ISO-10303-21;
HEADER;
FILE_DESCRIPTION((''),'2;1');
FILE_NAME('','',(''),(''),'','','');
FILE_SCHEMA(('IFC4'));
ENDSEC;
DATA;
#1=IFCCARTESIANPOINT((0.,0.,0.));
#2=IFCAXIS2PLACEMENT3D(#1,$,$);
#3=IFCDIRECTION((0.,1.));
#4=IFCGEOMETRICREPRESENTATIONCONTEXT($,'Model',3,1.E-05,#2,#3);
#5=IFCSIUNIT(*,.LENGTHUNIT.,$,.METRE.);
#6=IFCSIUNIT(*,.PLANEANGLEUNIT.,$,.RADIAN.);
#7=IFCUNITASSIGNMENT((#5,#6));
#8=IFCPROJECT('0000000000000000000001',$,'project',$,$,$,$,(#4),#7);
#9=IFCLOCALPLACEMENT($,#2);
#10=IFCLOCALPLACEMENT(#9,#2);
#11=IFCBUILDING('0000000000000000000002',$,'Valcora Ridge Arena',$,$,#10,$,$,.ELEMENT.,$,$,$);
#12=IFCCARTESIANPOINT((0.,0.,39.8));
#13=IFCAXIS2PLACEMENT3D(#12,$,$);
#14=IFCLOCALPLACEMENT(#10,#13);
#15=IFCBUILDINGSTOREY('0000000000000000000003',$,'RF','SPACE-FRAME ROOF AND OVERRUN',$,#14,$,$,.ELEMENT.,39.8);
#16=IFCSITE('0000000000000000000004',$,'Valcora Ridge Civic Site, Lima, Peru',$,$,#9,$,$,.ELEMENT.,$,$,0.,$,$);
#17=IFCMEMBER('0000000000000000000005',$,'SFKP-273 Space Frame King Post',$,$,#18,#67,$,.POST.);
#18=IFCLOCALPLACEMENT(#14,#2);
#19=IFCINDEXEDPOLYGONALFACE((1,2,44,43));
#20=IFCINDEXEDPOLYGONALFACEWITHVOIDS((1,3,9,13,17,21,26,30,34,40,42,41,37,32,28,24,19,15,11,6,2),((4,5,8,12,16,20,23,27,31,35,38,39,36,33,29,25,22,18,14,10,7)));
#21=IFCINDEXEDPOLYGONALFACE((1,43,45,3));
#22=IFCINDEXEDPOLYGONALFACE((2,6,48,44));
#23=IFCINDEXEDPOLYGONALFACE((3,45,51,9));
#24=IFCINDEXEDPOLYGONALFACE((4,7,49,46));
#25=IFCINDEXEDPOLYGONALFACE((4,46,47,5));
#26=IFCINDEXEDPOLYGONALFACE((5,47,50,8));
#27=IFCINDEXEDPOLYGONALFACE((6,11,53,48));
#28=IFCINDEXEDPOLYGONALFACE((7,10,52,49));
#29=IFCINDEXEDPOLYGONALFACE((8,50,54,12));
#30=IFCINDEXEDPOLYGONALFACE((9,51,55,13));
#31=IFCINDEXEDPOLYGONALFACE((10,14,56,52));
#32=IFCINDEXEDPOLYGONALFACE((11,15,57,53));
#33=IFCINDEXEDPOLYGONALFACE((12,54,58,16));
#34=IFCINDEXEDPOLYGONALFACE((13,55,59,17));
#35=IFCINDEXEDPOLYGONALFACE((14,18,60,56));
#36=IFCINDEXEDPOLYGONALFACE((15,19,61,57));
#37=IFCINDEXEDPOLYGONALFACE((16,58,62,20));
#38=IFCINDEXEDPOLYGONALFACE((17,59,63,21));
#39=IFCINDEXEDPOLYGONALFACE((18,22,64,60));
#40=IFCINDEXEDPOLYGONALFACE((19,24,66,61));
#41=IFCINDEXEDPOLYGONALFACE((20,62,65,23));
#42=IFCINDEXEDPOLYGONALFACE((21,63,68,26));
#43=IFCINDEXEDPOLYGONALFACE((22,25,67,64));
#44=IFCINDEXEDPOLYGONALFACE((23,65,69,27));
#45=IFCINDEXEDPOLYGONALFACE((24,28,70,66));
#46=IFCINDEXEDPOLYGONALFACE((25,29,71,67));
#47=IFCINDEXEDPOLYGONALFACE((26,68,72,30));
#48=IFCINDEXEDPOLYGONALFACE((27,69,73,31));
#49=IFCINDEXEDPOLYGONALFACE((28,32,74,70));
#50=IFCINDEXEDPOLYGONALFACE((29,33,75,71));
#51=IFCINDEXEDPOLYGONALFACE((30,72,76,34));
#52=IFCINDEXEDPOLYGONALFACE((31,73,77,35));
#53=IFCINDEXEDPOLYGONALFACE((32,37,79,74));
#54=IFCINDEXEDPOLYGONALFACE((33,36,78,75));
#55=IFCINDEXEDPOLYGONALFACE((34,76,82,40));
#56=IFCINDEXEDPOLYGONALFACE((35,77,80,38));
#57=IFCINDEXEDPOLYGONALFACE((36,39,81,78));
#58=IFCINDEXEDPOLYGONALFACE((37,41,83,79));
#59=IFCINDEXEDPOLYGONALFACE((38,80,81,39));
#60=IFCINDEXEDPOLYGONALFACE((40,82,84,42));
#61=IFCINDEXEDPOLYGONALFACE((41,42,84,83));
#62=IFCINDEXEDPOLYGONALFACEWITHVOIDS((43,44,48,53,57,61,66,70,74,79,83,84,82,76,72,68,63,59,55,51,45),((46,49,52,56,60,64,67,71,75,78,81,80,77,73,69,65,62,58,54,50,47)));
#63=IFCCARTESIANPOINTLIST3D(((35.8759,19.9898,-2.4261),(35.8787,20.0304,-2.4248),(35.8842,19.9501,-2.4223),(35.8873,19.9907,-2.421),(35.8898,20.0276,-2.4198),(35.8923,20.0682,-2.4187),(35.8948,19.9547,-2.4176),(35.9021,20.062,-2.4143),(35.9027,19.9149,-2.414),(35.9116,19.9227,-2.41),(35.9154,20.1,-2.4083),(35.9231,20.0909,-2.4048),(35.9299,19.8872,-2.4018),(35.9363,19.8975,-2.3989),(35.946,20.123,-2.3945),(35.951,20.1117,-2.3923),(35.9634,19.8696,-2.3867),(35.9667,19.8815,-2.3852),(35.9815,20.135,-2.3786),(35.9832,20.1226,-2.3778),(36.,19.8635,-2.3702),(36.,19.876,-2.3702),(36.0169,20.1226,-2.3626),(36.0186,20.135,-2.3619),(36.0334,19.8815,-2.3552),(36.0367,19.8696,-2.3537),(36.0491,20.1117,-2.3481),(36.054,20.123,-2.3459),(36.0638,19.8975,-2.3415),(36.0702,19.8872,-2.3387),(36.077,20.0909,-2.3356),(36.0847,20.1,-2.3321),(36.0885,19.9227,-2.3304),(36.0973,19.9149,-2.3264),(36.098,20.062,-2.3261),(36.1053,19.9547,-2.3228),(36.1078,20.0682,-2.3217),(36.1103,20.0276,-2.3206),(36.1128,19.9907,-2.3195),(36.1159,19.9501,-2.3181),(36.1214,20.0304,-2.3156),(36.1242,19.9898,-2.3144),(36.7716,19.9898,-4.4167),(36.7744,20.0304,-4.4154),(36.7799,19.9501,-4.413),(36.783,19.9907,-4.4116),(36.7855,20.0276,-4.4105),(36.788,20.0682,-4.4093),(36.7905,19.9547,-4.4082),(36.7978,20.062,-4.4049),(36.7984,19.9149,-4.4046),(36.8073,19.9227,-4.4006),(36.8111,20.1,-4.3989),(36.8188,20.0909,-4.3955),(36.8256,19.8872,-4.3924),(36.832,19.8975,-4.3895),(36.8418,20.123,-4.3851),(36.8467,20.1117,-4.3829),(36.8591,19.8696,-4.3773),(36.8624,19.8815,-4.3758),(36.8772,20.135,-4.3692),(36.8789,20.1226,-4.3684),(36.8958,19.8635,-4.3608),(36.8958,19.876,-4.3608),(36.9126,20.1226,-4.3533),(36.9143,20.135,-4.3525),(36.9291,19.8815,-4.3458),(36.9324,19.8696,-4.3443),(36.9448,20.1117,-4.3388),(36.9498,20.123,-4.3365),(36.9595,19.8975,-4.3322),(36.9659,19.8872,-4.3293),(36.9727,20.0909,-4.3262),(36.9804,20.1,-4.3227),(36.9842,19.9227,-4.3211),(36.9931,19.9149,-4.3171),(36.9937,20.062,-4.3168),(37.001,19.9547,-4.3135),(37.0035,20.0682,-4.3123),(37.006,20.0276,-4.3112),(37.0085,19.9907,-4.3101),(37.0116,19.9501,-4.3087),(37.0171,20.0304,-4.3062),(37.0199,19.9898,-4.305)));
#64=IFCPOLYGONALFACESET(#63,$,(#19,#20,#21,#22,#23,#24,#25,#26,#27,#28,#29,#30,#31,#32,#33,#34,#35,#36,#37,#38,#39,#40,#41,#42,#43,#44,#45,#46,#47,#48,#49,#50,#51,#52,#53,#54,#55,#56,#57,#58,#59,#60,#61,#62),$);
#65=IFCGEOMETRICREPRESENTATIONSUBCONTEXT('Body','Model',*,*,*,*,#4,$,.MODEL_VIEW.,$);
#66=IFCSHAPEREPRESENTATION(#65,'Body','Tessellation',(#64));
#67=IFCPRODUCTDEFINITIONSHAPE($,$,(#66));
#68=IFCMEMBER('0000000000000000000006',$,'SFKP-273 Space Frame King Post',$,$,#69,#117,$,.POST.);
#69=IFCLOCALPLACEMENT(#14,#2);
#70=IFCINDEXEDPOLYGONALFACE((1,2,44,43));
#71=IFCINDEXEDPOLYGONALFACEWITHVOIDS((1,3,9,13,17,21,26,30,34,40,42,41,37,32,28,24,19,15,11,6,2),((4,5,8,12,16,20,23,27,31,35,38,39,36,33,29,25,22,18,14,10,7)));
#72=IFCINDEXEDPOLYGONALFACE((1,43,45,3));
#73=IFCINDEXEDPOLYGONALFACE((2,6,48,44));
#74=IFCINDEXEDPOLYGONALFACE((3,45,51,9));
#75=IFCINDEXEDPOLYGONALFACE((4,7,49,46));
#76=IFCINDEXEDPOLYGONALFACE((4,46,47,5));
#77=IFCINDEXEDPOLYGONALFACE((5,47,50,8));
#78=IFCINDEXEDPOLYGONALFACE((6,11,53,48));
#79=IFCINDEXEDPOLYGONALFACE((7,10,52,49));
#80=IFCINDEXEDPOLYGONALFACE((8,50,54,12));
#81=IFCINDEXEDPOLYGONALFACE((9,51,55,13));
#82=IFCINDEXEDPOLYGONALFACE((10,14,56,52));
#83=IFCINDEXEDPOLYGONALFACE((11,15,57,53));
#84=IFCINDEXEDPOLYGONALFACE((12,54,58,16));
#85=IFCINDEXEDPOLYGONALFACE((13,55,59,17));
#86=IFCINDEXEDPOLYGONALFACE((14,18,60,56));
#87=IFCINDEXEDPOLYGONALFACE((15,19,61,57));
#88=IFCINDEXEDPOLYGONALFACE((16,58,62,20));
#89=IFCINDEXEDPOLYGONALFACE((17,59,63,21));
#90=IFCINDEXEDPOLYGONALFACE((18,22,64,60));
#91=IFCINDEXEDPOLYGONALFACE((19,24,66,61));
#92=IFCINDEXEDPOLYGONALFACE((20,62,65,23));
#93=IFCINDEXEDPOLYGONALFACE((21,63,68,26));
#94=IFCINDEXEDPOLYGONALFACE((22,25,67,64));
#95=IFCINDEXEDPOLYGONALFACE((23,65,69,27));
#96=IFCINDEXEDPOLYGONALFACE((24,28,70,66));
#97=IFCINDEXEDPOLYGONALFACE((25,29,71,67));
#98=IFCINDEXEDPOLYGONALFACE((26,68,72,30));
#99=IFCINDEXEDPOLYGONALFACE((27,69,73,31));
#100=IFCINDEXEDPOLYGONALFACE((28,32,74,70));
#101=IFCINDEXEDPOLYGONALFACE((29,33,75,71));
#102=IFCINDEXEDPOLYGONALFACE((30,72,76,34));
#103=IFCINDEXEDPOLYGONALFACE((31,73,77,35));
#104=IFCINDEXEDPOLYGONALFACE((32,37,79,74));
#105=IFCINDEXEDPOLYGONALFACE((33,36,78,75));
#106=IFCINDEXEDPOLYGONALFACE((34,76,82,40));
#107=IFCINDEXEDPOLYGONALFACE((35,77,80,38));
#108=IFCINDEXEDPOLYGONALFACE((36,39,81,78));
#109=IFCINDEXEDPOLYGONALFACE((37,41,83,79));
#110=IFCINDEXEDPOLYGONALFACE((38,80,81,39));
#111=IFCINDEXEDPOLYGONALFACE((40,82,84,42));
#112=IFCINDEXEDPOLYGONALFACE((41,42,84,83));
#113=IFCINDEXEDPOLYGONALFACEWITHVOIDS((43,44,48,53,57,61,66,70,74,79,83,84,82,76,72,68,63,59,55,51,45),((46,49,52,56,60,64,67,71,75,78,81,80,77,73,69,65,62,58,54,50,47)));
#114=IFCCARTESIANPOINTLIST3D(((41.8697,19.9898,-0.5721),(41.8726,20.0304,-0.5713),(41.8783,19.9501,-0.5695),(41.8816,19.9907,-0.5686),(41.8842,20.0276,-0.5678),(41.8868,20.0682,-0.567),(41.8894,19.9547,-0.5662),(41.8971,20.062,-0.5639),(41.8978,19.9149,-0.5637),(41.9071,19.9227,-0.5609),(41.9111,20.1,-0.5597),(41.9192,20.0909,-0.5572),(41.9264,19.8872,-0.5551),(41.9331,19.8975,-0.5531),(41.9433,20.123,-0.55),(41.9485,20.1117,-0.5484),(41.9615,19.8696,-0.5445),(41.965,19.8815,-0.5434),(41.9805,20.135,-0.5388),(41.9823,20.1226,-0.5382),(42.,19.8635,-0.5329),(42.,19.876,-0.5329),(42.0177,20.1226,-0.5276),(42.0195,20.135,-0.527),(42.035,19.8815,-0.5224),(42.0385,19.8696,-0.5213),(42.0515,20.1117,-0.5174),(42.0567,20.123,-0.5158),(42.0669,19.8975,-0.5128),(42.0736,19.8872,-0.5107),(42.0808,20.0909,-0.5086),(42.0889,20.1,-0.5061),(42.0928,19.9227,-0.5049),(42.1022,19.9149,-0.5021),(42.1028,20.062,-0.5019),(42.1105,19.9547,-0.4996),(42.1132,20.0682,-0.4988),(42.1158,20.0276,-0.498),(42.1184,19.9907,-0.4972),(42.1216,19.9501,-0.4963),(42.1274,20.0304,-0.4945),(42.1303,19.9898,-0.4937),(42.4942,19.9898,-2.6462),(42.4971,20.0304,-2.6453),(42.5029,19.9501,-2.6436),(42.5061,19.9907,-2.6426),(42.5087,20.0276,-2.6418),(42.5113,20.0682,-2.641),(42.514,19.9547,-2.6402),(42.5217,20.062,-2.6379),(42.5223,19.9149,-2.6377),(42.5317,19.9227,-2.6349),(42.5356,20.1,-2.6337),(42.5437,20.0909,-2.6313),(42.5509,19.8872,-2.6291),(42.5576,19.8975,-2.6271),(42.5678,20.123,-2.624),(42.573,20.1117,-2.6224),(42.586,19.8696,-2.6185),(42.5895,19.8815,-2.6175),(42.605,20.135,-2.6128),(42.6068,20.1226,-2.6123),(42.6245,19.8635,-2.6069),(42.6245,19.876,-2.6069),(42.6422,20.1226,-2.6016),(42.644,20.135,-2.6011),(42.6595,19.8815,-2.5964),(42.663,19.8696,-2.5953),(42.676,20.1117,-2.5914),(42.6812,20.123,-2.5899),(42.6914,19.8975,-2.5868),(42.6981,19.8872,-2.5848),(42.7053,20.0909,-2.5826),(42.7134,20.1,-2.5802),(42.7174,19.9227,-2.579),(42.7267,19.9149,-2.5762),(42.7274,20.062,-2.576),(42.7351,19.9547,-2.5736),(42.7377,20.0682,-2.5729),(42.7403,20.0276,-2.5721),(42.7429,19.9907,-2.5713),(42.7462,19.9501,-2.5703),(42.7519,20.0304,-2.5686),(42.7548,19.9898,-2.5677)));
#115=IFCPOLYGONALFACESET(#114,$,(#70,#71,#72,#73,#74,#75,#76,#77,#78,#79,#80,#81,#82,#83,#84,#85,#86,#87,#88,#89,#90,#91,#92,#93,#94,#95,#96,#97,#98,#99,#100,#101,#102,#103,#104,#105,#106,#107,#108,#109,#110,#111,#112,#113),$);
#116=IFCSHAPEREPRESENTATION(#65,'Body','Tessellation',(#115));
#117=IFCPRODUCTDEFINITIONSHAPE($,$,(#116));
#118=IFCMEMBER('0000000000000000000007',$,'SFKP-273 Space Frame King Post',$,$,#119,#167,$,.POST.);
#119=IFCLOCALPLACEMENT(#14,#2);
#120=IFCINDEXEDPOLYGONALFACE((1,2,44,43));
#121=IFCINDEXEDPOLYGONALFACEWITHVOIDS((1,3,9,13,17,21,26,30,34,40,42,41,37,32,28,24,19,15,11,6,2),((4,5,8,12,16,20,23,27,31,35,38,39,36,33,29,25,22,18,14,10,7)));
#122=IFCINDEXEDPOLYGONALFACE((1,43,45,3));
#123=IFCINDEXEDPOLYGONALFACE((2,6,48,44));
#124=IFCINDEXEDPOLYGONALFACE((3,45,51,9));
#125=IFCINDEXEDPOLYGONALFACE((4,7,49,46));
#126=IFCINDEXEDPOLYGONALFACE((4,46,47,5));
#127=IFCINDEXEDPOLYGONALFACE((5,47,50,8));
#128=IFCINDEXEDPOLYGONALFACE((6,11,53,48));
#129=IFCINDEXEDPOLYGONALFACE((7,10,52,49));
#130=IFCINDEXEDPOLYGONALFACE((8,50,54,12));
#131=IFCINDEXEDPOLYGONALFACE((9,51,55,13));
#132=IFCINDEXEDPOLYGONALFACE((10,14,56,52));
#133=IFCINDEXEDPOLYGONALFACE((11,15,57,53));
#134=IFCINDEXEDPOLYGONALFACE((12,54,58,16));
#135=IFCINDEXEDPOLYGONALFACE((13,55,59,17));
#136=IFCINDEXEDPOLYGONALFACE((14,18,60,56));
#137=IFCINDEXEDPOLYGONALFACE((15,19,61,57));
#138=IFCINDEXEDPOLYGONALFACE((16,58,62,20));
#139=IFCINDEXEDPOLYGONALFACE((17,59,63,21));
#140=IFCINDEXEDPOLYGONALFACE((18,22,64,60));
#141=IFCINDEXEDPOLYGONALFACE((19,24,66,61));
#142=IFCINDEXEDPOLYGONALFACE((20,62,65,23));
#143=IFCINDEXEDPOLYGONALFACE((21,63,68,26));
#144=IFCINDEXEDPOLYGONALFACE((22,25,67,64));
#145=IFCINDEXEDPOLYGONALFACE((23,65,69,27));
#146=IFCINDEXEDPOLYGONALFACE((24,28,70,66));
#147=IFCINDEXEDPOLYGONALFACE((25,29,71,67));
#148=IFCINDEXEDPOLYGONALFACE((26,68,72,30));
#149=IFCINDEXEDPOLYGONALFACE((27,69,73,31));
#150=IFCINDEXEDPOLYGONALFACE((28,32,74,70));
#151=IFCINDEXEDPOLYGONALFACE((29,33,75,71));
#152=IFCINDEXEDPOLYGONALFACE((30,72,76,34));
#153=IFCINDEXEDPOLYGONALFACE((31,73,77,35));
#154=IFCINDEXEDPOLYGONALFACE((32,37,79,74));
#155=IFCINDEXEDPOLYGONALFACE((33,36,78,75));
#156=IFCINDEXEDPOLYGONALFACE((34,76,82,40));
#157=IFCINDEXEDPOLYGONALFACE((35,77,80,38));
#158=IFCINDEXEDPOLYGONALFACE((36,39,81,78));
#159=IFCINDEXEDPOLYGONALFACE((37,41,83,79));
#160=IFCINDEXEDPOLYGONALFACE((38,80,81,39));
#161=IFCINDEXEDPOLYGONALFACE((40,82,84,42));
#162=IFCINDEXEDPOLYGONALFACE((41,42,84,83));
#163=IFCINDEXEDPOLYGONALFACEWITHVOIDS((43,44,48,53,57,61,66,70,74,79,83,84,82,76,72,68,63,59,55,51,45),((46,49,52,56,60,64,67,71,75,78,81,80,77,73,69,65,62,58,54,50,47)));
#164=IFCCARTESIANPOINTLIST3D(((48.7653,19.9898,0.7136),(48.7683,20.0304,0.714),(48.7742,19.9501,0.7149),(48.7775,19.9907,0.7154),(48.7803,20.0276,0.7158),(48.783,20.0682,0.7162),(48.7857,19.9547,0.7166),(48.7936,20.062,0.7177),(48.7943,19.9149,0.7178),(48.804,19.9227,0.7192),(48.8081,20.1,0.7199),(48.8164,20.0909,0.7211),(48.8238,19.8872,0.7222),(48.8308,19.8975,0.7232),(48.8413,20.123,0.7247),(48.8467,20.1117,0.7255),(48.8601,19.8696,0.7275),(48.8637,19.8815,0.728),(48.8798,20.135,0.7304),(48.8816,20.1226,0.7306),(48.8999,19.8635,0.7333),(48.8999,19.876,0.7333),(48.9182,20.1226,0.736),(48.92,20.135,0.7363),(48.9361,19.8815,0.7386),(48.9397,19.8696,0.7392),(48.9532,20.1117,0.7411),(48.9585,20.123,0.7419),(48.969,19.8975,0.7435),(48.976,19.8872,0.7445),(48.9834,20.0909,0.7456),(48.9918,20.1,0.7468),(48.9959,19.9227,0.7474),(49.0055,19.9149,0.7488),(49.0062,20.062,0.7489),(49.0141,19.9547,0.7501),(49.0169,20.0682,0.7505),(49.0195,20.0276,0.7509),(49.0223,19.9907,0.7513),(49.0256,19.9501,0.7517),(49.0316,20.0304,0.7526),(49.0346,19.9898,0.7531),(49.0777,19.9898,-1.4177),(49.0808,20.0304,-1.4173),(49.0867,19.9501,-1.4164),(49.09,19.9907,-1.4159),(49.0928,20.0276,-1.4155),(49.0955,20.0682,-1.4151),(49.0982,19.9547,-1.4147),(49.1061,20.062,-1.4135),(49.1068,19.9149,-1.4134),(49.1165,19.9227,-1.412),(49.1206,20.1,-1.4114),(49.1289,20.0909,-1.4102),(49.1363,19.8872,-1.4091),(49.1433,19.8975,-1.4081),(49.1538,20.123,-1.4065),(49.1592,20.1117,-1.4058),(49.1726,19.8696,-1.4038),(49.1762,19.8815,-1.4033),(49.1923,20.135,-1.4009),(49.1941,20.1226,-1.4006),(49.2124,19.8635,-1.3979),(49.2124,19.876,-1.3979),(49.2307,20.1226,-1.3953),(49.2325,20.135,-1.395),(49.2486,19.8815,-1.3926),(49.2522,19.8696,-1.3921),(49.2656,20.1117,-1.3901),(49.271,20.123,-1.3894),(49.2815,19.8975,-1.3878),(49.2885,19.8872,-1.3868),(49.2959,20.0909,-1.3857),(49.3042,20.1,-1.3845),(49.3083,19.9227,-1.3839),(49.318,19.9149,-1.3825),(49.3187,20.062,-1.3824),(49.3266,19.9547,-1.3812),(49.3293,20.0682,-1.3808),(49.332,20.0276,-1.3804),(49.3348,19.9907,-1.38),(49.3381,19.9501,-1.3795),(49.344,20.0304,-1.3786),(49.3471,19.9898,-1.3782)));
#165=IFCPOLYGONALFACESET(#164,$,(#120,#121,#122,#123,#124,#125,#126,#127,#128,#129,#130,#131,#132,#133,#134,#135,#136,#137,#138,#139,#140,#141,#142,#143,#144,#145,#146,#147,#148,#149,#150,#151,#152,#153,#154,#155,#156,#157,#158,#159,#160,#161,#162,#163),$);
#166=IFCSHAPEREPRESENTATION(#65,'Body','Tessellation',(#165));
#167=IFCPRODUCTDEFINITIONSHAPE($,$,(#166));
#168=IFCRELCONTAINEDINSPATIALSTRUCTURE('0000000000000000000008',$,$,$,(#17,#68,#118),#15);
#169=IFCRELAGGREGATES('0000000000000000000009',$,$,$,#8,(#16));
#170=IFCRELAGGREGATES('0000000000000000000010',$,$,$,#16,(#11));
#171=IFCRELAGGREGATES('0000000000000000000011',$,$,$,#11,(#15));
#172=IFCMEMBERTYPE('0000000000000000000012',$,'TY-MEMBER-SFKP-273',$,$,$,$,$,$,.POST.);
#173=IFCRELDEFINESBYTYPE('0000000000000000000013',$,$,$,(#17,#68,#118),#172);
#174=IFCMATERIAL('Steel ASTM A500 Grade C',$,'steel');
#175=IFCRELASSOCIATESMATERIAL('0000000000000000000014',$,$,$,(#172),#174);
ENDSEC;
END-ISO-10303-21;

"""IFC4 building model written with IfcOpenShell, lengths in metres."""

from ifc_helpers import new_model, si_unit, direction, frame, origin, origin_2d, place, context, subcontext, project, spatial, hollow_circle, extrude, material, material_profile, profile_set, type_object, element, save


model = new_model("IFC4")

# Units and contexts
model_context = context("Model", 3, precision=1e-05, world=origin(), true_north=direction((0.0, 1.0)))
body_context = subcontext(model_context, "Body", "Model", "MODEL_VIEW")
ifc_project = project(units=[si_unit("LENGTHUNIT", "METRE"), si_unit("PLANEANGLEUNIT", "RADIAN")], contexts=[model_context])

# Site, building, storey
site_placement = place(None, origin())
site = spatial("IfcSite", under=ifc_project, at=site_placement, Name="Valcora Ridge Civic Site, Lima, Peru", CompositionType="ELEMENT", RefElevation=0.0)
building_placement = place(site_placement, origin())
building = spatial("IfcBuilding", under=site, at=building_placement, Name="Valcora Ridge Arena", CompositionType="ELEMENT")
storey_placement = place(building_placement, frame((0.0, 0.0, 39.8)))
storey = spatial("IfcBuildingStorey", under=building, at=storey_placement, Name="RF", Description="SPACE-FRAME ROOF AND OVERRUN", CompositionType="ELEMENT", Elevation=39.8)

# Members
ifc_material_1 = material(Name="Steel ASTM A500 Grade C", Category="steel")
ifc_material_profile_1 = material_profile(ifc_material_1, hollow_circle(Radius=0.1365, WallThickness=0.0125, at=origin_2d()), Name="CHS273X12")
ifc_profile_set_1 = profile_set([ifc_material_profile_1], Name="Steel ASTM A500 Grade C")
member_type_1 = type_object("IfcMemberType", Name="TY-MEMBER-SFKP-273", PredefinedType="POST", material=ifc_profile_set_1)
member_1_placement = place(storey_placement, frame((36.8958, 20.0, -4.3608), z_axis=(-0.410337, 0.0, 0.911934), x_axis=(0.0, -1.0, 0.0)))
element("IfcMember", 1, at=member_1_placement, inside=storey, type_object=member_type_1, Name="SFKP-273 Space Frame King Post", PredefinedType="POST", context=body_context, shape_type="SweptSolid", body=[
    extrude(hollow_circle(Radius=0.1365, WallThickness=0.0125, at=origin_2d()), origin(), (0.0, 0.0, 1.0), 2.1829),
])
member_2_placement = place(storey_placement, frame((42.6245, 20.0, -2.6069), z_axis=(-0.28833, 0.0, 0.957531), x_axis=(0.0, -1.0, 0.0)))
element("IfcMember", 2, at=member_2_placement, inside=storey, type_object=member_type_1, Name="SFKP-273 Space Frame King Post", PredefinedType="POST", context=body_context, shape_type="SweptSolid", body=[
    extrude(hollow_circle(Radius=0.1365, WallThickness=0.0125, at=origin_2d()), origin(), (0.0, 0.0, 1.0), 2.166),
])
member_3_placement = place(storey_placement, frame((49.2124, 20.0, -1.3979), z_axis=(-0.14507, 0.0, 0.989421), x_axis=(0.0, -1.0, 0.0)))
element("IfcMember", 3, at=member_3_placement, inside=storey, type_object=member_type_1, Name="SFKP-273 Space Frame King Post", PredefinedType="POST", context=body_context, shape_type="SweptSolid", body=[
    extrude(hollow_circle(Radius=0.1365, WallThickness=0.0125, at=origin_2d()), origin(), (0.0, 0.0, 1.0), 2.1541),
])

save(model, "model.ifc")
